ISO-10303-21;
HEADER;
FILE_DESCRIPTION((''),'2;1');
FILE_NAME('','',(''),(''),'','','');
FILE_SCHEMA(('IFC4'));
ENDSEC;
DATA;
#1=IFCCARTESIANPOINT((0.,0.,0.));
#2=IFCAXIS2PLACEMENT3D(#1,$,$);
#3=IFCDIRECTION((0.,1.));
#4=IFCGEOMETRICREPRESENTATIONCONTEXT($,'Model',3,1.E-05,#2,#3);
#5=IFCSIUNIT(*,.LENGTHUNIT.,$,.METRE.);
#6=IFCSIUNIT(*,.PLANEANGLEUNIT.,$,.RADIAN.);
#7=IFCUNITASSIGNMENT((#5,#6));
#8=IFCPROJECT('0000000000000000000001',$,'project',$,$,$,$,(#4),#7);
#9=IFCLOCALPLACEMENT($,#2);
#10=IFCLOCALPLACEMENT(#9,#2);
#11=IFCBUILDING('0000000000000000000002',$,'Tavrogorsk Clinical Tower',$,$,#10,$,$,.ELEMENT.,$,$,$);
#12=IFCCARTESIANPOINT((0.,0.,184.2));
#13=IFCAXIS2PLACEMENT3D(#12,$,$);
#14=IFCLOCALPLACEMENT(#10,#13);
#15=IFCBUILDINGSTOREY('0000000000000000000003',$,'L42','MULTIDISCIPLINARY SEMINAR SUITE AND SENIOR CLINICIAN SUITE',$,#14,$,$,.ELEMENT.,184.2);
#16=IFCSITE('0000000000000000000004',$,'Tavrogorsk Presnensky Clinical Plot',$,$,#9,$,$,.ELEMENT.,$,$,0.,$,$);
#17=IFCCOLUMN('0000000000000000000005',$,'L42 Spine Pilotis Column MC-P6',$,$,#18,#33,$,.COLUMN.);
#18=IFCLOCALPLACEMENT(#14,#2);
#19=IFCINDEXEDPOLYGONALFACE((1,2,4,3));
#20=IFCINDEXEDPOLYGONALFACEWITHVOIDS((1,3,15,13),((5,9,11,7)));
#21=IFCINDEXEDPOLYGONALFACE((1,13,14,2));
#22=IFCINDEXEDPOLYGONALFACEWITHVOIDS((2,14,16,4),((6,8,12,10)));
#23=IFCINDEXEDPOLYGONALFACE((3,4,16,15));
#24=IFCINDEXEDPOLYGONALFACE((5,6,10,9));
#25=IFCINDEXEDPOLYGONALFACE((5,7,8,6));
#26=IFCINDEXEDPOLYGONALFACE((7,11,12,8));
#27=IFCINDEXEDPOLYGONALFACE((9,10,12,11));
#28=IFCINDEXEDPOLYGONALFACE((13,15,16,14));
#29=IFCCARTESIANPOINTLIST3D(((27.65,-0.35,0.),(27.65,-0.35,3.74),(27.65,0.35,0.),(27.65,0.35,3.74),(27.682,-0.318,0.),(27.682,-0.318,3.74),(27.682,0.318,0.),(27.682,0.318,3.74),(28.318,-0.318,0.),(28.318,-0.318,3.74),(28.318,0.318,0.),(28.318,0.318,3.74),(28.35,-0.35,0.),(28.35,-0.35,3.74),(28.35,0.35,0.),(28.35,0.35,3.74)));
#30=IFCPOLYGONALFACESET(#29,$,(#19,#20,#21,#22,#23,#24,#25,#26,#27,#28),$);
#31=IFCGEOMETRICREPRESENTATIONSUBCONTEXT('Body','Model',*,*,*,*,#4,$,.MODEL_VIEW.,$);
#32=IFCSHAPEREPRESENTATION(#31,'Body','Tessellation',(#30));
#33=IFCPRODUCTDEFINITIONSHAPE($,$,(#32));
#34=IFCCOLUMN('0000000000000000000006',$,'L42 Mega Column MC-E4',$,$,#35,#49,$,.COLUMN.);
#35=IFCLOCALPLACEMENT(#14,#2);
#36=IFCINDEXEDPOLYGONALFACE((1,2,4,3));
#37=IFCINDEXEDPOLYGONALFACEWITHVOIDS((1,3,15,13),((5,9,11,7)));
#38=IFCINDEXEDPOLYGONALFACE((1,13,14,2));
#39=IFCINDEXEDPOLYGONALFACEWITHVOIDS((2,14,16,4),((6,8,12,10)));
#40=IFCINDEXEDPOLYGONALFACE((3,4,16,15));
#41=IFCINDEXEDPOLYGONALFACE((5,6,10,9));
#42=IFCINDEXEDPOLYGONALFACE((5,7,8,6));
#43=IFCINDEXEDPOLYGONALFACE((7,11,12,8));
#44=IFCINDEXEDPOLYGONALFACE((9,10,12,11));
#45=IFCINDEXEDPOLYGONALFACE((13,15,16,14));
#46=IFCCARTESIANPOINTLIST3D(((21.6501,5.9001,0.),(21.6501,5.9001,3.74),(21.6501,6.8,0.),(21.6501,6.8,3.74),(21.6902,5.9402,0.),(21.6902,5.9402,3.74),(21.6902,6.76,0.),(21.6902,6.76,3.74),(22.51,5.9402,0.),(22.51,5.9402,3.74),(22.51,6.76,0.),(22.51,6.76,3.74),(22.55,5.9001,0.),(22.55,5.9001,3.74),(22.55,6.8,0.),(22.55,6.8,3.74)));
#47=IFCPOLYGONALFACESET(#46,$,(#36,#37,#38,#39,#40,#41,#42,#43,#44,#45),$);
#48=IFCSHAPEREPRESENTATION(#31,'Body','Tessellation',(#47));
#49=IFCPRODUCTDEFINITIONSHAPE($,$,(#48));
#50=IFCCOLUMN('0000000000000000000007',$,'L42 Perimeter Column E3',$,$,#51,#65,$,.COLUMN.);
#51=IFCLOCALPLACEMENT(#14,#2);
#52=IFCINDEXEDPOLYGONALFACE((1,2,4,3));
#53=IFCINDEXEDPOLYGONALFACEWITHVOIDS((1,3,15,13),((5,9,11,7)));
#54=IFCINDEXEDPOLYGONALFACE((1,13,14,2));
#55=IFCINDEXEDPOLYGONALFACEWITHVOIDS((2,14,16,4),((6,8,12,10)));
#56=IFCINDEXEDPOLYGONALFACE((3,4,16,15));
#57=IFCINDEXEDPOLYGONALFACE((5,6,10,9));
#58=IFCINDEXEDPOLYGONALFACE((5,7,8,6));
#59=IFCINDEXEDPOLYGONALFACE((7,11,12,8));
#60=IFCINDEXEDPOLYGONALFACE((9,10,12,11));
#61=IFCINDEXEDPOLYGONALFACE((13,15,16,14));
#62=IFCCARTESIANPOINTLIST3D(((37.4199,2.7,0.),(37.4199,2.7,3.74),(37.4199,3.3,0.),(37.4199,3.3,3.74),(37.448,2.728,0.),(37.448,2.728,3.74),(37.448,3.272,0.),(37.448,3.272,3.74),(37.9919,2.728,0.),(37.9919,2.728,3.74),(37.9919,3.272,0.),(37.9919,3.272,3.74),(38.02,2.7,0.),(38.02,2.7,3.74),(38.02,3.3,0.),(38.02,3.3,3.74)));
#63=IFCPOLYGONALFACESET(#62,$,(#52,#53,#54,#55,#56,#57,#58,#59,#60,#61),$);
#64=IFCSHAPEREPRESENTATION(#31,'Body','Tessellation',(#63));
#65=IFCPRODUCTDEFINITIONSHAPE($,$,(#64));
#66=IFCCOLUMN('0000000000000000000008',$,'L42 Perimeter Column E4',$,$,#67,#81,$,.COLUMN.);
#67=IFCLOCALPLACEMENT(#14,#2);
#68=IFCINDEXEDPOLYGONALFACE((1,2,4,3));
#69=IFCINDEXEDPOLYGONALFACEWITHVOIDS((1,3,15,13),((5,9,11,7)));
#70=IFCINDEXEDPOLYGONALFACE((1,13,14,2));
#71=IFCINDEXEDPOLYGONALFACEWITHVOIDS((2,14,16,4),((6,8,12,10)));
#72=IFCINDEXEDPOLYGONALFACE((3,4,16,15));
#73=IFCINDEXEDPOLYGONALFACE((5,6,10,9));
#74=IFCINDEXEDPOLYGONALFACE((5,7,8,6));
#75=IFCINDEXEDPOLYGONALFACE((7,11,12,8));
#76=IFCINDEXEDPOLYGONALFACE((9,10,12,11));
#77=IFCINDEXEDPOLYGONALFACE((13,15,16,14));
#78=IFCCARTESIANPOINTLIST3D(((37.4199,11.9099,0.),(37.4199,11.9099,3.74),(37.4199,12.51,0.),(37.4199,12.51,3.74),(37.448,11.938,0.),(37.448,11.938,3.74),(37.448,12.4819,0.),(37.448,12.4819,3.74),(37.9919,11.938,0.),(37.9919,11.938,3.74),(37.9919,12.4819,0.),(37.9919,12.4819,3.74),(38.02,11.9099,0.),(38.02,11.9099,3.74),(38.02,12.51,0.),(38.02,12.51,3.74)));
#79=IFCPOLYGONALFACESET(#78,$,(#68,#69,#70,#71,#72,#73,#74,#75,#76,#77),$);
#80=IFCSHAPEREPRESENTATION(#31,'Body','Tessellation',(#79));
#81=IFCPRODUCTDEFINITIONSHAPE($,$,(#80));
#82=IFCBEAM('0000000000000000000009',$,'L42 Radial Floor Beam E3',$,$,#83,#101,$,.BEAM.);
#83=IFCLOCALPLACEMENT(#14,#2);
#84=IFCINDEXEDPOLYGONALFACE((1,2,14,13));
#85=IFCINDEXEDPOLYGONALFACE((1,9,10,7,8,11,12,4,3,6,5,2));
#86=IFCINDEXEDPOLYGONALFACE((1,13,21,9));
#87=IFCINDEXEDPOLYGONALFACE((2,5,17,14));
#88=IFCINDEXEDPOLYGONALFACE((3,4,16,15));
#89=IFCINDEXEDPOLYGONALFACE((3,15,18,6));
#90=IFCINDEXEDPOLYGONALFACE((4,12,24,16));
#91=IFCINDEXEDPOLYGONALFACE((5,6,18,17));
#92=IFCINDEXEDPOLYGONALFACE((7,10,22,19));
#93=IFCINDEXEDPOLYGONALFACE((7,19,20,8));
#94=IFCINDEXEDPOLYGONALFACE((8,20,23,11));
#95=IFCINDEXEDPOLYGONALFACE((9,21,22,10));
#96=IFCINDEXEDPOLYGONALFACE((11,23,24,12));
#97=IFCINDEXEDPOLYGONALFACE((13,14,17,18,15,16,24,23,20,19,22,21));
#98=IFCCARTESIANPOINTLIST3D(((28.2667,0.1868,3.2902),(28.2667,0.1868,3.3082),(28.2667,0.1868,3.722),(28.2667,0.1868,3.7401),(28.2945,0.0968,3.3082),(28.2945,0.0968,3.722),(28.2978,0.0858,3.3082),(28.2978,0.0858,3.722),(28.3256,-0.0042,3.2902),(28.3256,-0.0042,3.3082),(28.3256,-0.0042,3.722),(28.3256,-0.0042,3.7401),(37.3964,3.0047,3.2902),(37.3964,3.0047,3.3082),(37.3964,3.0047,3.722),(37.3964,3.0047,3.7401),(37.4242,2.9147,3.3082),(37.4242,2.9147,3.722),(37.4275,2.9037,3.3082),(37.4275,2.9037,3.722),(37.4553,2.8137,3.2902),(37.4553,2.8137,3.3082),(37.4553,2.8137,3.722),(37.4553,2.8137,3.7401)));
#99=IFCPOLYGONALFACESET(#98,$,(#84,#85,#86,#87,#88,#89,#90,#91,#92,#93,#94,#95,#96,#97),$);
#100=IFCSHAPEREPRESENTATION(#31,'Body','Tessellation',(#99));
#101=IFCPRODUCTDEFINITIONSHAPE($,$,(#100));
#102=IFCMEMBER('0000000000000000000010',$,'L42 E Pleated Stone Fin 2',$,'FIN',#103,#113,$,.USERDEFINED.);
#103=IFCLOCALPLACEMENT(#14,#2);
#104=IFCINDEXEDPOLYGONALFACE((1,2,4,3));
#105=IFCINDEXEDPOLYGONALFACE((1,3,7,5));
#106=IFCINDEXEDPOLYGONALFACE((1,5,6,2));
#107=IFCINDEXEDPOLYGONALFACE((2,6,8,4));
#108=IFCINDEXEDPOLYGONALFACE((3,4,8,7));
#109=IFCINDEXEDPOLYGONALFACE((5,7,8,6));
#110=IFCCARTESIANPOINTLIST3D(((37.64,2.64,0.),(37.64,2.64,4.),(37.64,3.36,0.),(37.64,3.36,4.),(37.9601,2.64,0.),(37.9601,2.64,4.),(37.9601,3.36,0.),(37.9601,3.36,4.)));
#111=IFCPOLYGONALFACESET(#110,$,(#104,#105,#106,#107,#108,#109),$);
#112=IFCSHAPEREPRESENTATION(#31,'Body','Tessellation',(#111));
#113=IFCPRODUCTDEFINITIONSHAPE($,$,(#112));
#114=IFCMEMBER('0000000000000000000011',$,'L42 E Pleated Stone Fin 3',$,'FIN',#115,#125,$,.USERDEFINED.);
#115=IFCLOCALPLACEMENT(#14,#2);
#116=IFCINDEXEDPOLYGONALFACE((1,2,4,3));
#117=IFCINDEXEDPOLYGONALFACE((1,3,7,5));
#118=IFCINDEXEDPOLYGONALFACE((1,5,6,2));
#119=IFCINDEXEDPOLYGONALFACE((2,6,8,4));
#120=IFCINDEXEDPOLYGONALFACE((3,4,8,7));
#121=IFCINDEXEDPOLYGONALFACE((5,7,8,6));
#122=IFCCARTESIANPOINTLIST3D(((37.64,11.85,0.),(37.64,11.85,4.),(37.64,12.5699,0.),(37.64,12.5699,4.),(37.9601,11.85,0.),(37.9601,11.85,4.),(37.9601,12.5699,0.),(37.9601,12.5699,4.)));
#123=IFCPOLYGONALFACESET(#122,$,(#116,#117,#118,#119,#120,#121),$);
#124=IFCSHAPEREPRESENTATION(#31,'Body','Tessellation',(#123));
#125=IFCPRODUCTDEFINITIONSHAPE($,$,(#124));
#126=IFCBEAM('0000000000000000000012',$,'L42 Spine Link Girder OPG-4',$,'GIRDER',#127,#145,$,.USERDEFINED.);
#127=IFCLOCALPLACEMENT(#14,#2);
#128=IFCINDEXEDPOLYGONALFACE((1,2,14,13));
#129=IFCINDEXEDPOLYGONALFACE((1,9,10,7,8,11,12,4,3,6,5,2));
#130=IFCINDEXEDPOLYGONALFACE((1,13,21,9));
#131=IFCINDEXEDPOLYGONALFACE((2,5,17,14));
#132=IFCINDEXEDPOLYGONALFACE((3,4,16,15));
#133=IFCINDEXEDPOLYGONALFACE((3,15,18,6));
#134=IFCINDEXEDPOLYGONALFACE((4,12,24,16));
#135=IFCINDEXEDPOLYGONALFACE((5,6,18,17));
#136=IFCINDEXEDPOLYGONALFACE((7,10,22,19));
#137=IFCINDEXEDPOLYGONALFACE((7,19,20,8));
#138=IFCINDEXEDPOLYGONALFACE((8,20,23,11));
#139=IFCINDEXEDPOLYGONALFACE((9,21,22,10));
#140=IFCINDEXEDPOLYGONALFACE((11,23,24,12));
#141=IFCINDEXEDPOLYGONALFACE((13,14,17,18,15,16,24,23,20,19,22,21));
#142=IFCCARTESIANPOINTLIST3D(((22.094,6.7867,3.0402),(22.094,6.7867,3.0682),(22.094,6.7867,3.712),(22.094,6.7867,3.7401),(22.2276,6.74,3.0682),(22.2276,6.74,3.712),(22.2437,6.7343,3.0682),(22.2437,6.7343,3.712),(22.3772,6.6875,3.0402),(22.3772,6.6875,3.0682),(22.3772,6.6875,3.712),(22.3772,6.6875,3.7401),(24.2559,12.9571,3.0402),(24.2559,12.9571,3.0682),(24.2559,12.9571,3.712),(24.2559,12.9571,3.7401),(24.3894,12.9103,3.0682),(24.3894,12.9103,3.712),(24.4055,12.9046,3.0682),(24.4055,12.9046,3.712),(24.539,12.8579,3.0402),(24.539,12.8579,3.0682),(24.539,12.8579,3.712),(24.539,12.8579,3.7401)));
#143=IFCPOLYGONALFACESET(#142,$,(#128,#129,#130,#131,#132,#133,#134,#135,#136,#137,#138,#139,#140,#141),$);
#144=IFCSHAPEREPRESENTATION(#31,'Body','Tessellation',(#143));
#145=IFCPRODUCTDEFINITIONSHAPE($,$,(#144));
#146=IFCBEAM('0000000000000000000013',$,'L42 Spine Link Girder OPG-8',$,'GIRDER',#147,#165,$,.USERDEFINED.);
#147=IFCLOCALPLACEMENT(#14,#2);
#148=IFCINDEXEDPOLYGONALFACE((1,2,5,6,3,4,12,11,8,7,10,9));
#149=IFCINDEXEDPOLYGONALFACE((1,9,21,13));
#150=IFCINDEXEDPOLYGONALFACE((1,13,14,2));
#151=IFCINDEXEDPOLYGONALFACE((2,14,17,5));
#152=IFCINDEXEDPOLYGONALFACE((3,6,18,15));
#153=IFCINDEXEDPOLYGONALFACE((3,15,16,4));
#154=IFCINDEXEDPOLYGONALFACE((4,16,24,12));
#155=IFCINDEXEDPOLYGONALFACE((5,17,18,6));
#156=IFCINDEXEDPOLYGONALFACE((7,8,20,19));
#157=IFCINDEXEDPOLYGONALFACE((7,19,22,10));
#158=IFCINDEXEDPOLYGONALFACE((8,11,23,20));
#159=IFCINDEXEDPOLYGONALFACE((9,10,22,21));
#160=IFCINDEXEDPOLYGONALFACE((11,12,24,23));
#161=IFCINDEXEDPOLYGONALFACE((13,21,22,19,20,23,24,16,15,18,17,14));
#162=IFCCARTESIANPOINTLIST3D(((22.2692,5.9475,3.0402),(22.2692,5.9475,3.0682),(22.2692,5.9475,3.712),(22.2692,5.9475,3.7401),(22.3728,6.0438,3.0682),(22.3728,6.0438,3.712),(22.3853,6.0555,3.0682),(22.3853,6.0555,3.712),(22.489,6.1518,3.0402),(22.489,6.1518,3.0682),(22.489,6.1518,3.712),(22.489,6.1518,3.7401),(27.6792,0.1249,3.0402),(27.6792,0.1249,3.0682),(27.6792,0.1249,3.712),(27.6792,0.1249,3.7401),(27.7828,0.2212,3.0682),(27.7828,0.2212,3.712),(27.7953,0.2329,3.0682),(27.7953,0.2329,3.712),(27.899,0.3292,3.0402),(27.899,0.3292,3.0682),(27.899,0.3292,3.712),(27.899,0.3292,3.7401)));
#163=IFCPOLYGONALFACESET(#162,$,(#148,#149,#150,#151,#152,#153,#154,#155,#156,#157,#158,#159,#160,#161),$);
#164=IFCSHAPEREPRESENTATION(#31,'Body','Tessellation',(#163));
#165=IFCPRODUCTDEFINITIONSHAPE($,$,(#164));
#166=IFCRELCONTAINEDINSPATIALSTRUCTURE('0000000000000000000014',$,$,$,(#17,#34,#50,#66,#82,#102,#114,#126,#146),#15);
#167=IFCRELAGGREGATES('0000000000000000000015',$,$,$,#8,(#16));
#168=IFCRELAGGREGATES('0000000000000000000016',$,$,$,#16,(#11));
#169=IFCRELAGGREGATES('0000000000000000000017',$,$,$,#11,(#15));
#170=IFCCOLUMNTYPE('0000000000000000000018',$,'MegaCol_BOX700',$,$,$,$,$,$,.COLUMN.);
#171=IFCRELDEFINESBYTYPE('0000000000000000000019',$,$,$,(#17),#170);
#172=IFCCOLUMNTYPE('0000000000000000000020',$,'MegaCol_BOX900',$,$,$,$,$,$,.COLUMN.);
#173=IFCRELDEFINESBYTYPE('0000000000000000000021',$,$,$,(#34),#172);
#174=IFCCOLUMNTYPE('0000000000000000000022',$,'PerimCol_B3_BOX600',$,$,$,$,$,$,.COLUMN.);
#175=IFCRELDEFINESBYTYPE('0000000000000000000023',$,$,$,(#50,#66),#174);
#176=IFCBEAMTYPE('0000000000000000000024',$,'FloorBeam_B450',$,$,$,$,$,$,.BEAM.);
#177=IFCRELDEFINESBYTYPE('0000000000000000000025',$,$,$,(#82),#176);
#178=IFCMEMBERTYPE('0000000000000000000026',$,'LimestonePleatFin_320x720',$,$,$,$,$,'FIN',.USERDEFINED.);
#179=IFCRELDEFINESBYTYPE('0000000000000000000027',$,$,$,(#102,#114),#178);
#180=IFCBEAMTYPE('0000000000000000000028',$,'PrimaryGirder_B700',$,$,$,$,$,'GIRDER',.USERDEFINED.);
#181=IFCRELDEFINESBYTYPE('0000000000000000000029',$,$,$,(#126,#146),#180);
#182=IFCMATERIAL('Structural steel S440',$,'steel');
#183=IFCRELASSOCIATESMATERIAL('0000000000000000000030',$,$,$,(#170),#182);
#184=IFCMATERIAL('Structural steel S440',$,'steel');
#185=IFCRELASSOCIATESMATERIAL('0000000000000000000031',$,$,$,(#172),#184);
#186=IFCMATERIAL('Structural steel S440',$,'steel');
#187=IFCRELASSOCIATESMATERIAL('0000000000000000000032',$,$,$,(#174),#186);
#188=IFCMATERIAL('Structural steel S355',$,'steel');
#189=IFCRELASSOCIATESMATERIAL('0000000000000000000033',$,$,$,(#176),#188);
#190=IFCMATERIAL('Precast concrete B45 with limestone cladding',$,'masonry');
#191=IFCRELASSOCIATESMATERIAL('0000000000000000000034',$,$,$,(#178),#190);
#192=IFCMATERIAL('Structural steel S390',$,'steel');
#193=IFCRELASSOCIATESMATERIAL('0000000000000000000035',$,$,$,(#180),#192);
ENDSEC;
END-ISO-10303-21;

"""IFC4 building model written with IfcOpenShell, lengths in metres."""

from ifc_helpers import new_model, si_unit, direction, frame, origin, origin_2d, place, context, subcontext, project, spatial, rectangle, hollow_rectangle, i_section, extrude, material, material_profile, profile_set, type_object, element, save


model = new_model("IFC4")

# Units and contexts
model_context = context("Model", 3, precision=1e-05, world=origin(), true_north=direction((0.0, 1.0)))
body_context = subcontext(model_context, "Body", "Model", "MODEL_VIEW")
ifc_project = project(units=[si_unit("LENGTHUNIT", "METRE"), si_unit("PLANEANGLEUNIT", "RADIAN")], contexts=[model_context])

# Site, building, storey
site_placement = place(None, origin())
site = spatial("IfcSite", under=ifc_project, at=site_placement, Name="Tavrogorsk Presnensky Clinical Plot", CompositionType="ELEMENT", RefElevation=0.0)
building_placement = place(site_placement, origin())
building = spatial("IfcBuilding", under=site, at=building_placement, Name="Tavrogorsk Clinical Tower", CompositionType="ELEMENT")
storey_placement = place(building_placement, frame((0.0, 0.0, 184.2)))
storey = spatial("IfcBuildingStorey", under=building, at=storey_placement, Name="L42", Description="MULTIDISCIPLINARY SEMINAR SUITE AND SENIOR CLINICIAN SUITE", CompositionType="ELEMENT", Elevation=184.2)

# Columns
ifc_material_1 = material(Name="Structural steel S440", Category="steel")
ifc_material_profile_1 = material_profile(ifc_material_1, hollow_rectangle(XDim=0.7, YDim=0.7, WallThickness=0.032, at=origin_2d()), Name="BOX-700x700x32")
ifc_profile_set_1 = profile_set([ifc_material_profile_1], Name="Structural steel S440")
column_type_1 = type_object("IfcColumnType", Name="MegaCol_BOX700", PredefinedType="COLUMN", material=ifc_profile_set_1)
column_1_placement = place(storey_placement, frame((28.0, 0.0, 0.0), z_axis=(0.0, 0.0, 1.0), x_axis=(1.0, 0.0, 0.0)))
element("IfcColumn", 1, at=column_1_placement, inside=storey, type_object=column_type_1, Name="L42 Spine Pilotis Column MC-P6", PredefinedType="COLUMN", context=body_context, shape_type="SweptSolid", body=[
    extrude(hollow_rectangle(XDim=0.7, YDim=0.7, WallThickness=0.032, at=origin_2d()), origin(), (0.0, 0.0, 1.0), 3.74),
])
ifc_material_2 = material(Name="Structural steel S440", Category="steel")
ifc_material_profile_2 = material_profile(ifc_material_2, hollow_rectangle(XDim=0.8999, YDim=0.8999, WallThickness=0.04, at=origin_2d()), Name="BOX-900x900x40")
ifc_profile_set_2 = profile_set([ifc_material_profile_2], Name="Structural steel S440")
column_type_2 = type_object("IfcColumnType", Name="MegaCol_BOX900", PredefinedType="COLUMN", material=ifc_profile_set_2)
column_2_placement = place(storey_placement, frame((22.1001, 6.3501, 0.0), z_axis=(0.0, 0.0, 1.0), x_axis=(1.0, 0.0, 0.0)))
element("IfcColumn", 2, at=column_2_placement, inside=storey, type_object=column_type_2, Name="L42 Mega Column MC-E4", PredefinedType="COLUMN", context=body_context, shape_type="SweptSolid", body=[
    extrude(hollow_rectangle(XDim=0.8999, YDim=0.8999, WallThickness=0.04, at=origin_2d()), origin(), (0.0, 0.0, 1.0), 3.74),
])
ifc_material_3 = material(Name="Structural steel S440", Category="steel")
ifc_material_profile_3 = material_profile(ifc_material_3, hollow_rectangle(XDim=0.6001, YDim=0.6001, WallThickness=0.0281, at=origin_2d()), Name="BOX-600x600x28")
ifc_profile_set_3 = profile_set([ifc_material_profile_3], Name="Structural steel S440")
column_type_3 = type_object("IfcColumnType", Name="PerimCol_B3_BOX600", PredefinedType="COLUMN", material=ifc_profile_set_3)
for number, where, z_axis, x_axis, name in (
    (3, (37.72, 3.0, 0.0), (0.0, 0.0, 1.0), (1.0, 0.0, 0.0), "L42 Perimeter Column E3"),
    (4, (37.72, 12.21, 0.0), (0.0, 0.0, 1.0), (1.0, 0.0, 0.0), "L42 Perimeter Column E4"),
):
    element("IfcColumn", number, at=place(storey_placement, frame(where, z_axis=z_axis, x_axis=x_axis)), inside=storey, type_object=column_type_3, Name=name, PredefinedType="COLUMN", context=body_context, shape_type="SweptSolid", body=[
        extrude(hollow_rectangle(XDim=0.6001, YDim=0.6001, WallThickness=0.0281, at=origin_2d()), origin(), (0.0, 0.0, 1.0), 3.74),
    ])

# Beam
ifc_material_4 = material(Name="Structural steel S355", Category="steel")
ifc_material_profile_4 = material_profile(ifc_material_4, i_section(OverallWidth=0.2, OverallDepth=0.45, WebThickness=0.0115, FlangeThickness=0.0181, at=origin_2d()), Name="B-450x200x11.5x18")
ifc_profile_set_4 = profile_set([ifc_material_profile_4], Name="Structural steel S355")
beam_type_1 = type_object("IfcBeamType", Name="FloorBeam_B450", PredefinedType="BEAM", material=ifc_profile_set_4)
beam_1_placement = place(storey_placement, frame((28.2961, 0.0913, 3.5151), z_axis=(0.955521, 0.294922, 0.0), x_axis=(-0.294922, 0.955521, 0.0)))
element("IfcBeam", 5, at=beam_1_placement, inside=storey, type_object=beam_type_1, Name="L42 Radial Floor Beam E3", PredefinedType="BEAM", context=body_context, shape_type="SweptSolid", body=[
    extrude(i_section(OverallWidth=0.2, OverallDepth=0.45, WebThickness=0.0115, FlangeThickness=0.0181, at=origin_2d()), origin(), (0.0, 0.0, 1.0), 9.5547),
])

# Members
ifc_material_5 = material(Name="Precast concrete B45 with limestone cladding", Category="masonry")
ifc_material_profile_5 = material_profile(ifc_material_5, rectangle(XDim=0.3201, YDim=0.72, at=origin_2d()), Name="LIMESTONE-FIN-320x720")
ifc_profile_set_5 = profile_set([ifc_material_profile_5], Name="Precast concrete B45 with limestone cladding")
member_type = type_object("IfcMemberType", Name="LimestonePleatFin_320x720", ElementType="FIN", PredefinedType="USERDEFINED", material=ifc_profile_set_5)
for number, where, z_axis, x_axis, name in (
    (6, (37.8, 3.0, 0.0), (0.0, 0.0, 1.0), (1.0, 0.0, 0.0), "L42 E Pleated Stone Fin 2"),
    (7, (37.8, 12.21, 0.0), (0.0, 0.0, 1.0), (1.0, 0.0, 0.0), "L42 E Pleated Stone Fin 3"),
):
    element("IfcMember", number, at=place(storey_placement, frame(where, z_axis=z_axis, x_axis=x_axis)), inside=storey, type_object=member_type, Name=name, ObjectType="FIN", PredefinedType="USERDEFINED", context=body_context, shape_type="SweptSolid", body=[
        extrude(rectangle(XDim=0.3201, YDim=0.72, at=origin_2d()), origin(), (0.0, 0.0, 1.0), 4.0),
    ])

# Beams
ifc_material_6 = material(Name="Structural steel S390", Category="steel")
ifc_material_profile_6 = material_profile(ifc_material_6, i_section(OverallWidth=0.3, OverallDepth=0.7, WebThickness=0.0171, FlangeThickness=0.0281, at=origin_2d()), Name="B-700x300x17x28")
ifc_profile_set_6 = profile_set([ifc_material_profile_6], Name="Structural steel S390")
beam_type_2 = type_object("IfcBeamType", Name="PrimaryGirder_B700", ElementType="GIRDER", PredefinedType="USERDEFINED", material=ifc_profile_set_6)
beam_2_placement = place(storey_placement, frame((24.3975, 12.9075, 3.3901), z_axis=(-0.330653, -0.943752, 0.0), x_axis=(0.943752, -0.330653, 0.0)))
element("IfcBeam", 8, at=beam_2_placement, inside=storey, type_object=beam_type_2, Name="L42 Spine Link Girder OPG-4", ObjectType="GIRDER", PredefinedType="USERDEFINED", context=body_context, shape_type="SweptSolid", body=[
    extrude(i_section(OverallWidth=0.3, OverallDepth=0.7, WebThickness=0.0171, FlangeThickness=0.0281, at=origin_2d()), origin(), (0.0, 0.0, 1.0), 6.5381),
])
beam_3_placement = place(storey_placement, frame((27.7891, 0.2271, 3.3901), z_axis=(-0.680674, 0.732587, 0.0), x_axis=(-0.732587, -0.680674, 0.0)))
element("IfcBeam", 9, at=beam_3_placement, inside=storey, type_object=beam_type_2, Name="L42 Spine Link Girder OPG-8", ObjectType="GIRDER", PredefinedType="USERDEFINED", context=body_context, shape_type="SweptSolid", body=[
    extrude(i_section(OverallWidth=0.3, OverallDepth=0.7, WebThickness=0.0171, FlangeThickness=0.0281, at=origin_2d()), origin(), (0.0, 0.0, 1.0), 7.948),
])

save(model, "model.ifc")
